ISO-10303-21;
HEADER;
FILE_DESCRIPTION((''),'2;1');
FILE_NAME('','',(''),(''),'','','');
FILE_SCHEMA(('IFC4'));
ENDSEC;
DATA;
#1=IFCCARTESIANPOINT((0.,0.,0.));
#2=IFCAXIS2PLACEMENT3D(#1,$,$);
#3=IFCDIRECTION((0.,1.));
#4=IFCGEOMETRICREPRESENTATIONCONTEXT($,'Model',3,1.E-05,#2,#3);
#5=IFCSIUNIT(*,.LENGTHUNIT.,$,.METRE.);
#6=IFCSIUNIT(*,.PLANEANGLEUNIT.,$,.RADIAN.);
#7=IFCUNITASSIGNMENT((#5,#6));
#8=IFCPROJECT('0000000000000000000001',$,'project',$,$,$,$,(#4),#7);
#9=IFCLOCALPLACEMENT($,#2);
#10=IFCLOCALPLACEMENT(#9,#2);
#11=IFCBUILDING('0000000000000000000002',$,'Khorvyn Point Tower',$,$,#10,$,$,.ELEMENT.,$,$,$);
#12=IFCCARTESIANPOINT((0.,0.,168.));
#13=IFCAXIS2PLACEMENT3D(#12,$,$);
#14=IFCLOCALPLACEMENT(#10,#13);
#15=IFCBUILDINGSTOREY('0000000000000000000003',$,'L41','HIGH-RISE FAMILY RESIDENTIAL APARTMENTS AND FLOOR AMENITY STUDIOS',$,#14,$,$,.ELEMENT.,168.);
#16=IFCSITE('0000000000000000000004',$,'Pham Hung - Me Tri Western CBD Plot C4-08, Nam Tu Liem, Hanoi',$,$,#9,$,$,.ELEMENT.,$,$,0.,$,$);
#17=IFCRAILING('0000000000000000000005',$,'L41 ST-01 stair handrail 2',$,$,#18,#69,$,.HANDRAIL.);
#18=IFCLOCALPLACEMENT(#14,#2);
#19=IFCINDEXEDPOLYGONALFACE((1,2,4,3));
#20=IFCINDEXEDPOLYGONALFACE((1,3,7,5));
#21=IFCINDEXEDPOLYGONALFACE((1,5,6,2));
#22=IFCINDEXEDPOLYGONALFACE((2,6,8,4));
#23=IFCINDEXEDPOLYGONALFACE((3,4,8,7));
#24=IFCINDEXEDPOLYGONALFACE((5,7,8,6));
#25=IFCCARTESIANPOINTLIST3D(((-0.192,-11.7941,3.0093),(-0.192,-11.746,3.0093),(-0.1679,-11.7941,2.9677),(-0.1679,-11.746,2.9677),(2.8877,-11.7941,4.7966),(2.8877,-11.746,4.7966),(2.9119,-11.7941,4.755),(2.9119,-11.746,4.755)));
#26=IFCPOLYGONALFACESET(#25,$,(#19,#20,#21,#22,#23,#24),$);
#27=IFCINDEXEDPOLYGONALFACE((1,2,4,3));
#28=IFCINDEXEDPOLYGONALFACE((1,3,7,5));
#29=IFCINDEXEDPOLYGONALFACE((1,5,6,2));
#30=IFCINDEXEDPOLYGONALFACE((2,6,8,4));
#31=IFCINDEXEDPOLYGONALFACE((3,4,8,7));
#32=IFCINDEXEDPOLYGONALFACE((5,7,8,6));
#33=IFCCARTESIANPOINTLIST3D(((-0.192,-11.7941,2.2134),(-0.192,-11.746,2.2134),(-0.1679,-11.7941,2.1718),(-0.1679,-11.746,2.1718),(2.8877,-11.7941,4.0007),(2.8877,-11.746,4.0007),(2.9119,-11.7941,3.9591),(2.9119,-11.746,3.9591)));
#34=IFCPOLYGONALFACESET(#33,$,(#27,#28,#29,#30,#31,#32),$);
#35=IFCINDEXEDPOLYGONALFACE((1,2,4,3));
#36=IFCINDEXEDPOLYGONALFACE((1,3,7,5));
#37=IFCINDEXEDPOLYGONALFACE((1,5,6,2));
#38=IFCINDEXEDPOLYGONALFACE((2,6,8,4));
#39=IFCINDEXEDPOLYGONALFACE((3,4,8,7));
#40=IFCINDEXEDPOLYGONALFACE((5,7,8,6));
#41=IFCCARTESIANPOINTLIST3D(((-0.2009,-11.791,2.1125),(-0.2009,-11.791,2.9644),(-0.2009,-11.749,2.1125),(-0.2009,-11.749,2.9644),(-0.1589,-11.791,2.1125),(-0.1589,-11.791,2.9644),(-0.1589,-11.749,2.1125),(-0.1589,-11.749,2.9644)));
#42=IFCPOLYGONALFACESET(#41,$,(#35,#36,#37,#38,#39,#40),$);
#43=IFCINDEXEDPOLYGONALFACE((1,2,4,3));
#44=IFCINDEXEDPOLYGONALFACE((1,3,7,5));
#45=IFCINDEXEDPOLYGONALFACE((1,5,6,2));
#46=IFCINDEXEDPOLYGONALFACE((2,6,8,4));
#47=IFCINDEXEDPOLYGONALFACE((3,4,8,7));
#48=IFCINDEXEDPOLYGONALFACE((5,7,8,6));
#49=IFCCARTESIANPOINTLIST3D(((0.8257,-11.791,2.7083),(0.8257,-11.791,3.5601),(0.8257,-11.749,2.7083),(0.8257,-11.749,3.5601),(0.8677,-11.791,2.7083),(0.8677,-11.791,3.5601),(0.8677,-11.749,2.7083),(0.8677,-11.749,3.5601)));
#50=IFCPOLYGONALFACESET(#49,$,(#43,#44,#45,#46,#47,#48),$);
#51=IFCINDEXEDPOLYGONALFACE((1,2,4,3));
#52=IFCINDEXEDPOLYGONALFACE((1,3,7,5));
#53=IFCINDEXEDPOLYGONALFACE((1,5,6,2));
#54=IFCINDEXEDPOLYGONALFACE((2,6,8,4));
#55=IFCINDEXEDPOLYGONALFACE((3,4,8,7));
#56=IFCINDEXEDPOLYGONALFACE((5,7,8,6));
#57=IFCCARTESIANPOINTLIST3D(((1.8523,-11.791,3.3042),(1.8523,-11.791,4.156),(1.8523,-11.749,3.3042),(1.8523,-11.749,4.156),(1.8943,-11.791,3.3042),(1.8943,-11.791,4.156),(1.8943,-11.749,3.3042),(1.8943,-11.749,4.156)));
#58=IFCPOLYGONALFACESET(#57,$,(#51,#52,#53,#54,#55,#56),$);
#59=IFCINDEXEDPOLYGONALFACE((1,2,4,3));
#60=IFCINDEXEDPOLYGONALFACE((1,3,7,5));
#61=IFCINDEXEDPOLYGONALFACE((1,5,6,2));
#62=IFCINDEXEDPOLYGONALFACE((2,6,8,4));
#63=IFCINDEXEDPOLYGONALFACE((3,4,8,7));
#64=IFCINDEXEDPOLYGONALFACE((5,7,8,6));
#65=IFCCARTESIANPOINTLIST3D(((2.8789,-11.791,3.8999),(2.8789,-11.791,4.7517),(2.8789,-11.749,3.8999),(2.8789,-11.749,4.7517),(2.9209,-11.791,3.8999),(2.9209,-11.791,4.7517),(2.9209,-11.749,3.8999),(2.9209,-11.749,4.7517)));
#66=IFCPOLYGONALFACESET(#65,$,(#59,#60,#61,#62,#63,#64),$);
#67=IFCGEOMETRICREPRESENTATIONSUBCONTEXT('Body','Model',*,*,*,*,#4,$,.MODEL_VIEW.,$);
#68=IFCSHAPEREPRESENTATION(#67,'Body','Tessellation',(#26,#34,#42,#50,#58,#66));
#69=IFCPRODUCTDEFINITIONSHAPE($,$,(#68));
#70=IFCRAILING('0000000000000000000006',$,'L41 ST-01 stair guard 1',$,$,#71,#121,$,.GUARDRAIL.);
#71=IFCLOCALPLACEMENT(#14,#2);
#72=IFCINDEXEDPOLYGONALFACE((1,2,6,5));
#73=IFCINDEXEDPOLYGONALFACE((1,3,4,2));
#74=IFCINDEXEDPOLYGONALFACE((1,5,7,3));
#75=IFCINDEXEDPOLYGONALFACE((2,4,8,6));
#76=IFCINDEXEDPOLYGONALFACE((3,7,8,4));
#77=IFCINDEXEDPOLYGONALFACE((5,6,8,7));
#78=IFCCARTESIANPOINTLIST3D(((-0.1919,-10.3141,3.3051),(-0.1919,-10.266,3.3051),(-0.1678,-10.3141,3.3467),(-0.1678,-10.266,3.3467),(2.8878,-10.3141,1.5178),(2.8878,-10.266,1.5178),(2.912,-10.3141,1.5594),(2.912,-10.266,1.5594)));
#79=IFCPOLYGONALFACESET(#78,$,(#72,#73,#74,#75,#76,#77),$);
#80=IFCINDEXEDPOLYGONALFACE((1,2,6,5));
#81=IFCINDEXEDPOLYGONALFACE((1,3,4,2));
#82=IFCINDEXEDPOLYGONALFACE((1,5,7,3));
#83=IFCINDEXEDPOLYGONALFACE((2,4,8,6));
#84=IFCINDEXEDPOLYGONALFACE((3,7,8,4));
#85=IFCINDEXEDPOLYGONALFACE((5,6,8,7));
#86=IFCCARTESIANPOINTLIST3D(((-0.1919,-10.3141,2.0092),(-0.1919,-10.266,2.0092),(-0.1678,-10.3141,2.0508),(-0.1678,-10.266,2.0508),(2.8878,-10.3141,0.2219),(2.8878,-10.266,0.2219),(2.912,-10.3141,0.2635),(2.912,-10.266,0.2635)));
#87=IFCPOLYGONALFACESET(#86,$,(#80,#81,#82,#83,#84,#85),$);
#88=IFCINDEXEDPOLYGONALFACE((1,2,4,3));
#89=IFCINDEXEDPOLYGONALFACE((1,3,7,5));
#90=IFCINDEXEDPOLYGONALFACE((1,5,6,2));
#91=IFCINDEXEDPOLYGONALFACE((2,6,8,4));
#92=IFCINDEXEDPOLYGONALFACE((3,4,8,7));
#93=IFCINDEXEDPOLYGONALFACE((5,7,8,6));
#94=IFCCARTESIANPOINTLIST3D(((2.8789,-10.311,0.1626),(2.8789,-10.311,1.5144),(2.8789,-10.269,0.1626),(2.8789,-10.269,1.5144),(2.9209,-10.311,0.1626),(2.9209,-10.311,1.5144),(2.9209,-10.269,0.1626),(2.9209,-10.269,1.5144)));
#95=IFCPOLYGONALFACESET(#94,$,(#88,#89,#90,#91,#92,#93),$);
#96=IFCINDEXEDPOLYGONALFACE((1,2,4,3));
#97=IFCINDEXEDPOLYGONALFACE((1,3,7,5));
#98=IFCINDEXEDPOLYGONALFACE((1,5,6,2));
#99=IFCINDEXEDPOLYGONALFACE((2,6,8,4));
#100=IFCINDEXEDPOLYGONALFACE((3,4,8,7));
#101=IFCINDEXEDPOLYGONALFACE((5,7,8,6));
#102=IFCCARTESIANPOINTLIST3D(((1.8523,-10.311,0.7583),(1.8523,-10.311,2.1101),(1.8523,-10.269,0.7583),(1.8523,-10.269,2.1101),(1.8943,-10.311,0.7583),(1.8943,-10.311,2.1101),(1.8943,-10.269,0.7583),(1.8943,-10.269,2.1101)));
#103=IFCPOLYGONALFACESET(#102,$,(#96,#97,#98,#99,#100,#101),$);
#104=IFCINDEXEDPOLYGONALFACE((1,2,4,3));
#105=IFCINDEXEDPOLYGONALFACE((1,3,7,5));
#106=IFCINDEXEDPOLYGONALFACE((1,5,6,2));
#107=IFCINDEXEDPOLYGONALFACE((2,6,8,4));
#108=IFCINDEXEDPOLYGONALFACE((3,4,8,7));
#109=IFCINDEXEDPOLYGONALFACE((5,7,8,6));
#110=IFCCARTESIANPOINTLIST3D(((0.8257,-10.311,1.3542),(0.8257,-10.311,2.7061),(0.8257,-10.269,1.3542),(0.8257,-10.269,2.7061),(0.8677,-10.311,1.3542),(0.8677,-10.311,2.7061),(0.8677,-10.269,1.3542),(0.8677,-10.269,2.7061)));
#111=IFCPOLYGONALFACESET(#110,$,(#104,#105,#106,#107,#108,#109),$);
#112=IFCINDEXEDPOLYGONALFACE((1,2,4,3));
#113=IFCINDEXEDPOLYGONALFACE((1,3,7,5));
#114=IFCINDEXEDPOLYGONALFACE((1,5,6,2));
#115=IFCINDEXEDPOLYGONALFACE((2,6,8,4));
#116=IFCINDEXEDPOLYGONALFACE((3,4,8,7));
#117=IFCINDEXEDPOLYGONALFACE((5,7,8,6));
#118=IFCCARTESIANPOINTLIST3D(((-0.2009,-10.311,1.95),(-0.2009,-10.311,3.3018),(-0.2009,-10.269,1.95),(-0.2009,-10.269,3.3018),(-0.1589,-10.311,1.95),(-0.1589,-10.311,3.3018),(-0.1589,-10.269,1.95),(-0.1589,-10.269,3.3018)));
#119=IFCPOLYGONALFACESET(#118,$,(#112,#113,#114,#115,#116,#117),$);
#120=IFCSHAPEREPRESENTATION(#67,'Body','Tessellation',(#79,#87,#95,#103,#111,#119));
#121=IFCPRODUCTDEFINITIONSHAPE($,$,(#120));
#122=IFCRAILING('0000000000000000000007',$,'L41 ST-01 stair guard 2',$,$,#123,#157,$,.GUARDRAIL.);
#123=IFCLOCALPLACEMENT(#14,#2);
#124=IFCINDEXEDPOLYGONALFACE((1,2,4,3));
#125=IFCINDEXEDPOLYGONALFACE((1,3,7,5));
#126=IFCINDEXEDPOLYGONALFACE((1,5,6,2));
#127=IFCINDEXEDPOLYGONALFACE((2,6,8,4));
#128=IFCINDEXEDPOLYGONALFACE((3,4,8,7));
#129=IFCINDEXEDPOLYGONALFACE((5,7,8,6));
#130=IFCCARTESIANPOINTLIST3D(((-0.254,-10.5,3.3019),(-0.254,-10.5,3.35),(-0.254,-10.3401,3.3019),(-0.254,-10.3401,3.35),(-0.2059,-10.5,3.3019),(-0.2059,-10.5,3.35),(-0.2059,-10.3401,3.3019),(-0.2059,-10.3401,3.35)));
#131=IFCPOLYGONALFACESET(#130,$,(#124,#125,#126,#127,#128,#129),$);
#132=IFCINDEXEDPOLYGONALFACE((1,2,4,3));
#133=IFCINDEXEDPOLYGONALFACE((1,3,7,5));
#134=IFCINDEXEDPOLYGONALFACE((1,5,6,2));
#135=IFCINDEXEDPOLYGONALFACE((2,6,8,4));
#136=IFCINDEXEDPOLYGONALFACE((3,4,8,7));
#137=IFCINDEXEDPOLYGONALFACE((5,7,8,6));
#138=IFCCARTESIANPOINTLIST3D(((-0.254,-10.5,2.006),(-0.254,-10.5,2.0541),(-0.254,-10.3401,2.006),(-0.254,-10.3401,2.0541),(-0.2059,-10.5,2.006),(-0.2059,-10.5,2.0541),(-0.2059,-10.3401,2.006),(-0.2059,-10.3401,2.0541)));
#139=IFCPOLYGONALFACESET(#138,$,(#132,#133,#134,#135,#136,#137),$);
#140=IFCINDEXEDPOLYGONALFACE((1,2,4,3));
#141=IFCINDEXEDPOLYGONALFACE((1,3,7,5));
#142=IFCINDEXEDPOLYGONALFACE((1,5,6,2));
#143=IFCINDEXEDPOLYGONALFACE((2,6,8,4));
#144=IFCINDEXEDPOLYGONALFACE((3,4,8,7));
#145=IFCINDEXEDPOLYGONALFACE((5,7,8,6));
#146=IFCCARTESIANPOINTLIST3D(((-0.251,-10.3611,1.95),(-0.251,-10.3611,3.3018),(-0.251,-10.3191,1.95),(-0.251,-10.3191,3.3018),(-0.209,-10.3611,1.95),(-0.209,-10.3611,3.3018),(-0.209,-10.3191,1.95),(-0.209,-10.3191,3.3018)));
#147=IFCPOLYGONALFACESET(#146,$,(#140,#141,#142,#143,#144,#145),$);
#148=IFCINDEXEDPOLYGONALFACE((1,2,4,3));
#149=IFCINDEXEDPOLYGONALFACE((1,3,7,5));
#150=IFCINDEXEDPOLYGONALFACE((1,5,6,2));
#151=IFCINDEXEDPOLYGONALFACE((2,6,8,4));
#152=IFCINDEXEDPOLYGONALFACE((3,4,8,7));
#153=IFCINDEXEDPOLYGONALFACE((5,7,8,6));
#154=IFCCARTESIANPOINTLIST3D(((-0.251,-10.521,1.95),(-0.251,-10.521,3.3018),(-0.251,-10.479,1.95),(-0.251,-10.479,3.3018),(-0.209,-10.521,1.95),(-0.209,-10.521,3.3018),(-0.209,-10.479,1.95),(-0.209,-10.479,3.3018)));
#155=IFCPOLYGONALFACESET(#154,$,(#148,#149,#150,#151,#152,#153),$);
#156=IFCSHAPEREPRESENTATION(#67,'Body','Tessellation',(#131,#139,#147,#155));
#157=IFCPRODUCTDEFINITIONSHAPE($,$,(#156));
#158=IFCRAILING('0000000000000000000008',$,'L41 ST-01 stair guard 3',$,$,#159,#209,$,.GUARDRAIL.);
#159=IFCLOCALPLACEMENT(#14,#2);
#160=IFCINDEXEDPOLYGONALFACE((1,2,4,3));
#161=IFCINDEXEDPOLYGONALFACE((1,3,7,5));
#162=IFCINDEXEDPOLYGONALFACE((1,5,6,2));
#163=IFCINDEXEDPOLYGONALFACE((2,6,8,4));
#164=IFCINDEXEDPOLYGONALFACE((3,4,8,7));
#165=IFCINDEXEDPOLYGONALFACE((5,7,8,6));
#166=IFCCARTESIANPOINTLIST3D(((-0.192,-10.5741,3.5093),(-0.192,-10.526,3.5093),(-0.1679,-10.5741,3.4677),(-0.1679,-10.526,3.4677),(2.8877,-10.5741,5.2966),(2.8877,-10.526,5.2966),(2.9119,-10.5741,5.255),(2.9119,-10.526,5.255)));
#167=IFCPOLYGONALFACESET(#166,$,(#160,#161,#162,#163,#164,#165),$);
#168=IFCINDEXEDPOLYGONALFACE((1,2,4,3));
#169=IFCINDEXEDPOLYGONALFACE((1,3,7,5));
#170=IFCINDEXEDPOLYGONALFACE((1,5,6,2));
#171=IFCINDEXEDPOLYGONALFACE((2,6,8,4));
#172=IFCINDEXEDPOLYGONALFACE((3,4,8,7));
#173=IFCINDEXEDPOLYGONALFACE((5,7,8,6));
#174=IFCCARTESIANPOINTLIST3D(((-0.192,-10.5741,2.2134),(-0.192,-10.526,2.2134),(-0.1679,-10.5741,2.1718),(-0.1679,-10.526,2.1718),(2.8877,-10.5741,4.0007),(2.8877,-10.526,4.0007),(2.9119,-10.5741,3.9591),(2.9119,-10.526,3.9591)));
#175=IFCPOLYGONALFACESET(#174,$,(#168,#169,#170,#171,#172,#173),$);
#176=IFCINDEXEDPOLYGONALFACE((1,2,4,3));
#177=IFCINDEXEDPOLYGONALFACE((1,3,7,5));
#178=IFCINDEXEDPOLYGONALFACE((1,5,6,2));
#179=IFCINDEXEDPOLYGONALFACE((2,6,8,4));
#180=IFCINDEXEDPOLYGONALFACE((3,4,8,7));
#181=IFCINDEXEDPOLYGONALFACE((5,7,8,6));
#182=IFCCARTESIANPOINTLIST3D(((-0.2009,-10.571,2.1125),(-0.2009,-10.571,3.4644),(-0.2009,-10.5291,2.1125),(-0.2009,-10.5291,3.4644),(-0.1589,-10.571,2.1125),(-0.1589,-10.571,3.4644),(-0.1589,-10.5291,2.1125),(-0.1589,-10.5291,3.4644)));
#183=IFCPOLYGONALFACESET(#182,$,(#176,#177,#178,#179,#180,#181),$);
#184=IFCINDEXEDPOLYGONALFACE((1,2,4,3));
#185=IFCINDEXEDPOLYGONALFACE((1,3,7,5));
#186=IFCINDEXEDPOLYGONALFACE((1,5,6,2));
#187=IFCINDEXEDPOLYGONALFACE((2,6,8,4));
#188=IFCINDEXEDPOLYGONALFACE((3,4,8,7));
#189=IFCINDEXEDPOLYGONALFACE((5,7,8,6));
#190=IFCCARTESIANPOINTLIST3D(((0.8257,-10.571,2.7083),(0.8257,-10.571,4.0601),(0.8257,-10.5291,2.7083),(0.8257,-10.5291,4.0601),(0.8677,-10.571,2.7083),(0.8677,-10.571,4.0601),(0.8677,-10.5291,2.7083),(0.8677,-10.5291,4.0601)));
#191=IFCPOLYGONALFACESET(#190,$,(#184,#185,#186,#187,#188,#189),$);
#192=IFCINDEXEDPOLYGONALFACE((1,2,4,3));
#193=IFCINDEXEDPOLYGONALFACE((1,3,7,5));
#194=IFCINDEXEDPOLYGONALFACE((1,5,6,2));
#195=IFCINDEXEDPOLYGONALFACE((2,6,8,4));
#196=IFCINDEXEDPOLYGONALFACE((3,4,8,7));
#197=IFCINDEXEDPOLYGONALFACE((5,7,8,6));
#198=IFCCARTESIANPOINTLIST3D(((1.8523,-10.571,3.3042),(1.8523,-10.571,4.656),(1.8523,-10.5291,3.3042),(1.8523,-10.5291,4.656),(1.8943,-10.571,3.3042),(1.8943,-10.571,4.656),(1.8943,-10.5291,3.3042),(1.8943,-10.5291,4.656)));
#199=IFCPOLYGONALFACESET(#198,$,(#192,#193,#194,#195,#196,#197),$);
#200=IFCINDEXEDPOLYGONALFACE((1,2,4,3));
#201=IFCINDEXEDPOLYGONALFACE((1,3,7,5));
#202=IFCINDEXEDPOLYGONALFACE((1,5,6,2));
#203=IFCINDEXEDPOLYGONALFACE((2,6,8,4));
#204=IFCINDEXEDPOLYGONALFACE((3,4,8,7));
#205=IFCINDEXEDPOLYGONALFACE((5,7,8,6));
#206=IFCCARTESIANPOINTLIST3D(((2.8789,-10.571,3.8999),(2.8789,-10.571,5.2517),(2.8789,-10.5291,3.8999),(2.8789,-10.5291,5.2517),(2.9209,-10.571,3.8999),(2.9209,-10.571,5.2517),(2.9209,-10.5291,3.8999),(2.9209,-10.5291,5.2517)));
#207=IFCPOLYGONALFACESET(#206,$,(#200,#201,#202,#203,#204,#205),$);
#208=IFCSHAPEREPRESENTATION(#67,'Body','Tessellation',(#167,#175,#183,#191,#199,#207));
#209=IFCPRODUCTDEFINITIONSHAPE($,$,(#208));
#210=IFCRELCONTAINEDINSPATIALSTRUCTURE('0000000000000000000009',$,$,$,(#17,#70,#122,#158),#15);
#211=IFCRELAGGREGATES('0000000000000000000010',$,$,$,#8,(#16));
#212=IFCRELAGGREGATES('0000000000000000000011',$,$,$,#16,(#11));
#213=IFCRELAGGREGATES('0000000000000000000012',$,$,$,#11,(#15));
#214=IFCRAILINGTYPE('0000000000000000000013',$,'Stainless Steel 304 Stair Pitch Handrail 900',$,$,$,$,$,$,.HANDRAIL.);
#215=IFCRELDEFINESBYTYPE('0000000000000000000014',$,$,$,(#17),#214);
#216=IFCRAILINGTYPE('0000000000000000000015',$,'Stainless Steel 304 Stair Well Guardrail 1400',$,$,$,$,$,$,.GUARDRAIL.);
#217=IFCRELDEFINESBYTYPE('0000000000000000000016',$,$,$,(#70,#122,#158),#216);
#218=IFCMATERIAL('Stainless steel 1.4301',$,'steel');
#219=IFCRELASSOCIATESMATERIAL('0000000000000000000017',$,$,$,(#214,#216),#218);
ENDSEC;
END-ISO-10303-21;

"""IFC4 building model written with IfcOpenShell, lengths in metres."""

from ifc_helpers import new_model, si_unit, direction, frame, origin, origin_2d, place, context, subcontext, project, spatial, rectangle, extrude, material, type_object, element, save


model = new_model("IFC4")

# Units and contexts
model_context = context("Model", 3, precision=1e-05, world=origin(), true_north=direction((0.0, 1.0)))
body_context = subcontext(model_context, "Body", "Model", "MODEL_VIEW")
ifc_project = project(units=[si_unit("LENGTHUNIT", "METRE"), si_unit("PLANEANGLEUNIT", "RADIAN")], contexts=[model_context])

# Site, building, storey
site_placement = place(None, origin())
site = spatial("IfcSite", under=ifc_project, at=site_placement, Name="Pham Hung - Me Tri Western CBD Plot C4-08, Nam Tu Liem, Hanoi", CompositionType="ELEMENT", RefElevation=0.0)
building_placement = place(site_placement, origin())
building = spatial("IfcBuilding", under=site, at=building_placement, Name="Khorvyn Point Tower", CompositionType="ELEMENT")
storey_placement = place(building_placement, frame((0.0, 0.0, 168.0)))
storey = spatial("IfcBuildingStorey", under=building, at=storey_placement, Name="L41", Description="HIGH-RISE FAMILY RESIDENTIAL APARTMENTS AND FLOOR AMENITY STUDIOS", CompositionType="ELEMENT", Elevation=168.0)

# Shared definitions
ifc_material_1 = material(Name="Stainless steel 1.4301", Category="steel")

# Railings
railing_type_1 = type_object("IfcRailingType", Name="Stainless Steel 304 Stair Pitch Handrail 900", PredefinedType="HANDRAIL", material=ifc_material_1)
railing_1_placement = place(storey_placement, frame((-0.1799, -11.77, 2.1125)))
element("IfcRailing", 1, at=railing_1_placement, inside=storey, type_object=railing_type_1, Name="L41 ST-01 stair handrail 2", PredefinedType="HANDRAIL", context=body_context, shape_type="SweptSolid", body=[
    extrude(rectangle(XDim=0.0481, YDim=0.0481, at=origin_2d()), frame((0.0, 0.0, 0.876), z_axis=(0.864903, 0.0, 0.501939), x_axis=(0.0, 1.0, 0.0)), (0.0, 0.0, 1.0), 3.5608),
    extrude(rectangle(XDim=0.0481, YDim=0.0481, at=origin_2d()), frame((0.0, 0.0, 0.0801), z_axis=(0.864903, 0.0, 0.501939), x_axis=(0.0, 1.0, 0.0)), (0.0, 0.0, 1.0), 3.5608),
    extrude(rectangle(XDim=0.042, YDim=0.042, at=origin_2d()), origin(), (0.0, 0.0, 1.0), 0.8518),
    extrude(rectangle(XDim=0.042, YDim=0.042, at=origin_2d()), frame((1.0266, 0.0, 0.5957)), (0.0, 0.0, 1.0), 0.8518),
    extrude(rectangle(XDim=0.042, YDim=0.042, at=origin_2d()), frame((2.0532, 0.0, 1.1917)), (0.0, 0.0, 1.0), 0.8518),
    extrude(rectangle(XDim=0.042, YDim=0.042, at=origin_2d()), frame((3.0798, 0.0, 1.7874)), (0.0, 0.0, 1.0), 0.8518),
])
railing_type_2 = type_object("IfcRailingType", Name="Stainless Steel 304 Stair Well Guardrail 1400", PredefinedType="GUARDRAIL", material=ifc_material_1)
railing_2_placement = place(storey_placement, frame((2.8999, -10.29, 0.1626)))
element("IfcRailing", 2, at=railing_2_placement, inside=storey, type_object=railing_type_2, Name="L41 ST-01 stair guard 1", PredefinedType="GUARDRAIL", context=body_context, shape_type="SweptSolid", body=[
    extrude(rectangle(XDim=0.0481, YDim=0.0481, at=origin_2d()), frame((0.0, 0.0, 1.376), z_axis=(-0.864903, 0.0, 0.501939), x_axis=(0.0, -1.0, 0.0)), (0.0, 0.0, 1.0), 3.5608),
    extrude(rectangle(XDim=0.0481, YDim=0.0481, at=origin_2d()), frame((0.0, 0.0, 0.0801), z_axis=(-0.864903, 0.0, 0.501939), x_axis=(0.0, -1.0, 0.0)), (0.0, 0.0, 1.0), 3.5608),
    extrude(rectangle(XDim=0.042, YDim=0.042, at=origin_2d()), origin(), (0.0, 0.0, 1.0), 1.3518),
    extrude(rectangle(XDim=0.042, YDim=0.042, at=origin_2d()), frame((-1.0266, 0.0, 0.5957)), (0.0, 0.0, 1.0), 1.3518),
    extrude(rectangle(XDim=0.042, YDim=0.042, at=origin_2d()), frame((-2.0532, 0.0, 1.1917)), (0.0, 0.0, 1.0), 1.3518),
    extrude(rectangle(XDim=0.042, YDim=0.042, at=origin_2d()), frame((-3.0798, 0.0, 1.7874)), (0.0, 0.0, 1.0), 1.3518),
])
railing_3_placement = place(storey_placement, frame((-0.23, -10.3401, 1.95)))
element("IfcRailing", 3, at=railing_3_placement, inside=storey, type_object=railing_type_2, Name="L41 ST-01 stair guard 2", PredefinedType="GUARDRAIL", context=body_context, shape_type="SweptSolid", body=[
    extrude(rectangle(XDim=0.0481, YDim=0.0481, at=origin_2d()), frame((0.0, 0.0, 1.376), z_axis=(0.0, -1.0, 0.0), x_axis=(1.0, 0.0, 0.0)), (0.0, 0.0, 1.0), 0.1599),
    extrude(rectangle(XDim=0.0481, YDim=0.0481, at=origin_2d()), frame((0.0, 0.0, 0.0801), z_axis=(0.0, -1.0, 0.0), x_axis=(1.0, 0.0, 0.0)), (0.0, 0.0, 1.0), 0.1599),
    extrude(rectangle(XDim=0.042, YDim=0.042, at=origin_2d()), origin(), (0.0, 0.0, 1.0), 1.3518),
    extrude(rectangle(XDim=0.042, YDim=0.042, at=origin_2d()), frame((0.0, -0.1599, 0.0)), (0.0, 0.0, 1.0), 1.3518),
])
railing_4_placement = place(storey_placement, frame((-0.1799, -10.55, 2.1125)))
element("IfcRailing", 4, at=railing_4_placement, inside=storey, type_object=railing_type_2, Name="L41 ST-01 stair guard 3", PredefinedType="GUARDRAIL", context=body_context, shape_type="SweptSolid", body=[
    extrude(rectangle(XDim=0.0481, YDim=0.0481, at=origin_2d()), frame((0.0, 0.0, 1.376), z_axis=(0.864903, 0.0, 0.501939), x_axis=(0.0, 1.0, 0.0)), (0.0, 0.0, 1.0), 3.5608),
    extrude(rectangle(XDim=0.0481, YDim=0.0481, at=origin_2d()), frame((0.0, 0.0, 0.0801), z_axis=(0.864903, 0.0, 0.501939), x_axis=(0.0, 1.0, 0.0)), (0.0, 0.0, 1.0), 3.5608),
    extrude(rectangle(XDim=0.042, YDim=0.042, at=origin_2d()), origin(), (0.0, 0.0, 1.0), 1.3518),
    extrude(rectangle(XDim=0.042, YDim=0.042, at=origin_2d()), frame((1.0266, 0.0, 0.5957)), (0.0, 0.0, 1.0), 1.3518),
    extrude(rectangle(XDim=0.042, YDim=0.042, at=origin_2d()), frame((2.0532, 0.0, 1.1917)), (0.0, 0.0, 1.0), 1.3518),
    extrude(rectangle(XDim=0.042, YDim=0.042, at=origin_2d()), frame((3.0798, 0.0, 1.7874)), (0.0, 0.0, 1.0), 1.3518),
])

save(model, "model.ifc")
